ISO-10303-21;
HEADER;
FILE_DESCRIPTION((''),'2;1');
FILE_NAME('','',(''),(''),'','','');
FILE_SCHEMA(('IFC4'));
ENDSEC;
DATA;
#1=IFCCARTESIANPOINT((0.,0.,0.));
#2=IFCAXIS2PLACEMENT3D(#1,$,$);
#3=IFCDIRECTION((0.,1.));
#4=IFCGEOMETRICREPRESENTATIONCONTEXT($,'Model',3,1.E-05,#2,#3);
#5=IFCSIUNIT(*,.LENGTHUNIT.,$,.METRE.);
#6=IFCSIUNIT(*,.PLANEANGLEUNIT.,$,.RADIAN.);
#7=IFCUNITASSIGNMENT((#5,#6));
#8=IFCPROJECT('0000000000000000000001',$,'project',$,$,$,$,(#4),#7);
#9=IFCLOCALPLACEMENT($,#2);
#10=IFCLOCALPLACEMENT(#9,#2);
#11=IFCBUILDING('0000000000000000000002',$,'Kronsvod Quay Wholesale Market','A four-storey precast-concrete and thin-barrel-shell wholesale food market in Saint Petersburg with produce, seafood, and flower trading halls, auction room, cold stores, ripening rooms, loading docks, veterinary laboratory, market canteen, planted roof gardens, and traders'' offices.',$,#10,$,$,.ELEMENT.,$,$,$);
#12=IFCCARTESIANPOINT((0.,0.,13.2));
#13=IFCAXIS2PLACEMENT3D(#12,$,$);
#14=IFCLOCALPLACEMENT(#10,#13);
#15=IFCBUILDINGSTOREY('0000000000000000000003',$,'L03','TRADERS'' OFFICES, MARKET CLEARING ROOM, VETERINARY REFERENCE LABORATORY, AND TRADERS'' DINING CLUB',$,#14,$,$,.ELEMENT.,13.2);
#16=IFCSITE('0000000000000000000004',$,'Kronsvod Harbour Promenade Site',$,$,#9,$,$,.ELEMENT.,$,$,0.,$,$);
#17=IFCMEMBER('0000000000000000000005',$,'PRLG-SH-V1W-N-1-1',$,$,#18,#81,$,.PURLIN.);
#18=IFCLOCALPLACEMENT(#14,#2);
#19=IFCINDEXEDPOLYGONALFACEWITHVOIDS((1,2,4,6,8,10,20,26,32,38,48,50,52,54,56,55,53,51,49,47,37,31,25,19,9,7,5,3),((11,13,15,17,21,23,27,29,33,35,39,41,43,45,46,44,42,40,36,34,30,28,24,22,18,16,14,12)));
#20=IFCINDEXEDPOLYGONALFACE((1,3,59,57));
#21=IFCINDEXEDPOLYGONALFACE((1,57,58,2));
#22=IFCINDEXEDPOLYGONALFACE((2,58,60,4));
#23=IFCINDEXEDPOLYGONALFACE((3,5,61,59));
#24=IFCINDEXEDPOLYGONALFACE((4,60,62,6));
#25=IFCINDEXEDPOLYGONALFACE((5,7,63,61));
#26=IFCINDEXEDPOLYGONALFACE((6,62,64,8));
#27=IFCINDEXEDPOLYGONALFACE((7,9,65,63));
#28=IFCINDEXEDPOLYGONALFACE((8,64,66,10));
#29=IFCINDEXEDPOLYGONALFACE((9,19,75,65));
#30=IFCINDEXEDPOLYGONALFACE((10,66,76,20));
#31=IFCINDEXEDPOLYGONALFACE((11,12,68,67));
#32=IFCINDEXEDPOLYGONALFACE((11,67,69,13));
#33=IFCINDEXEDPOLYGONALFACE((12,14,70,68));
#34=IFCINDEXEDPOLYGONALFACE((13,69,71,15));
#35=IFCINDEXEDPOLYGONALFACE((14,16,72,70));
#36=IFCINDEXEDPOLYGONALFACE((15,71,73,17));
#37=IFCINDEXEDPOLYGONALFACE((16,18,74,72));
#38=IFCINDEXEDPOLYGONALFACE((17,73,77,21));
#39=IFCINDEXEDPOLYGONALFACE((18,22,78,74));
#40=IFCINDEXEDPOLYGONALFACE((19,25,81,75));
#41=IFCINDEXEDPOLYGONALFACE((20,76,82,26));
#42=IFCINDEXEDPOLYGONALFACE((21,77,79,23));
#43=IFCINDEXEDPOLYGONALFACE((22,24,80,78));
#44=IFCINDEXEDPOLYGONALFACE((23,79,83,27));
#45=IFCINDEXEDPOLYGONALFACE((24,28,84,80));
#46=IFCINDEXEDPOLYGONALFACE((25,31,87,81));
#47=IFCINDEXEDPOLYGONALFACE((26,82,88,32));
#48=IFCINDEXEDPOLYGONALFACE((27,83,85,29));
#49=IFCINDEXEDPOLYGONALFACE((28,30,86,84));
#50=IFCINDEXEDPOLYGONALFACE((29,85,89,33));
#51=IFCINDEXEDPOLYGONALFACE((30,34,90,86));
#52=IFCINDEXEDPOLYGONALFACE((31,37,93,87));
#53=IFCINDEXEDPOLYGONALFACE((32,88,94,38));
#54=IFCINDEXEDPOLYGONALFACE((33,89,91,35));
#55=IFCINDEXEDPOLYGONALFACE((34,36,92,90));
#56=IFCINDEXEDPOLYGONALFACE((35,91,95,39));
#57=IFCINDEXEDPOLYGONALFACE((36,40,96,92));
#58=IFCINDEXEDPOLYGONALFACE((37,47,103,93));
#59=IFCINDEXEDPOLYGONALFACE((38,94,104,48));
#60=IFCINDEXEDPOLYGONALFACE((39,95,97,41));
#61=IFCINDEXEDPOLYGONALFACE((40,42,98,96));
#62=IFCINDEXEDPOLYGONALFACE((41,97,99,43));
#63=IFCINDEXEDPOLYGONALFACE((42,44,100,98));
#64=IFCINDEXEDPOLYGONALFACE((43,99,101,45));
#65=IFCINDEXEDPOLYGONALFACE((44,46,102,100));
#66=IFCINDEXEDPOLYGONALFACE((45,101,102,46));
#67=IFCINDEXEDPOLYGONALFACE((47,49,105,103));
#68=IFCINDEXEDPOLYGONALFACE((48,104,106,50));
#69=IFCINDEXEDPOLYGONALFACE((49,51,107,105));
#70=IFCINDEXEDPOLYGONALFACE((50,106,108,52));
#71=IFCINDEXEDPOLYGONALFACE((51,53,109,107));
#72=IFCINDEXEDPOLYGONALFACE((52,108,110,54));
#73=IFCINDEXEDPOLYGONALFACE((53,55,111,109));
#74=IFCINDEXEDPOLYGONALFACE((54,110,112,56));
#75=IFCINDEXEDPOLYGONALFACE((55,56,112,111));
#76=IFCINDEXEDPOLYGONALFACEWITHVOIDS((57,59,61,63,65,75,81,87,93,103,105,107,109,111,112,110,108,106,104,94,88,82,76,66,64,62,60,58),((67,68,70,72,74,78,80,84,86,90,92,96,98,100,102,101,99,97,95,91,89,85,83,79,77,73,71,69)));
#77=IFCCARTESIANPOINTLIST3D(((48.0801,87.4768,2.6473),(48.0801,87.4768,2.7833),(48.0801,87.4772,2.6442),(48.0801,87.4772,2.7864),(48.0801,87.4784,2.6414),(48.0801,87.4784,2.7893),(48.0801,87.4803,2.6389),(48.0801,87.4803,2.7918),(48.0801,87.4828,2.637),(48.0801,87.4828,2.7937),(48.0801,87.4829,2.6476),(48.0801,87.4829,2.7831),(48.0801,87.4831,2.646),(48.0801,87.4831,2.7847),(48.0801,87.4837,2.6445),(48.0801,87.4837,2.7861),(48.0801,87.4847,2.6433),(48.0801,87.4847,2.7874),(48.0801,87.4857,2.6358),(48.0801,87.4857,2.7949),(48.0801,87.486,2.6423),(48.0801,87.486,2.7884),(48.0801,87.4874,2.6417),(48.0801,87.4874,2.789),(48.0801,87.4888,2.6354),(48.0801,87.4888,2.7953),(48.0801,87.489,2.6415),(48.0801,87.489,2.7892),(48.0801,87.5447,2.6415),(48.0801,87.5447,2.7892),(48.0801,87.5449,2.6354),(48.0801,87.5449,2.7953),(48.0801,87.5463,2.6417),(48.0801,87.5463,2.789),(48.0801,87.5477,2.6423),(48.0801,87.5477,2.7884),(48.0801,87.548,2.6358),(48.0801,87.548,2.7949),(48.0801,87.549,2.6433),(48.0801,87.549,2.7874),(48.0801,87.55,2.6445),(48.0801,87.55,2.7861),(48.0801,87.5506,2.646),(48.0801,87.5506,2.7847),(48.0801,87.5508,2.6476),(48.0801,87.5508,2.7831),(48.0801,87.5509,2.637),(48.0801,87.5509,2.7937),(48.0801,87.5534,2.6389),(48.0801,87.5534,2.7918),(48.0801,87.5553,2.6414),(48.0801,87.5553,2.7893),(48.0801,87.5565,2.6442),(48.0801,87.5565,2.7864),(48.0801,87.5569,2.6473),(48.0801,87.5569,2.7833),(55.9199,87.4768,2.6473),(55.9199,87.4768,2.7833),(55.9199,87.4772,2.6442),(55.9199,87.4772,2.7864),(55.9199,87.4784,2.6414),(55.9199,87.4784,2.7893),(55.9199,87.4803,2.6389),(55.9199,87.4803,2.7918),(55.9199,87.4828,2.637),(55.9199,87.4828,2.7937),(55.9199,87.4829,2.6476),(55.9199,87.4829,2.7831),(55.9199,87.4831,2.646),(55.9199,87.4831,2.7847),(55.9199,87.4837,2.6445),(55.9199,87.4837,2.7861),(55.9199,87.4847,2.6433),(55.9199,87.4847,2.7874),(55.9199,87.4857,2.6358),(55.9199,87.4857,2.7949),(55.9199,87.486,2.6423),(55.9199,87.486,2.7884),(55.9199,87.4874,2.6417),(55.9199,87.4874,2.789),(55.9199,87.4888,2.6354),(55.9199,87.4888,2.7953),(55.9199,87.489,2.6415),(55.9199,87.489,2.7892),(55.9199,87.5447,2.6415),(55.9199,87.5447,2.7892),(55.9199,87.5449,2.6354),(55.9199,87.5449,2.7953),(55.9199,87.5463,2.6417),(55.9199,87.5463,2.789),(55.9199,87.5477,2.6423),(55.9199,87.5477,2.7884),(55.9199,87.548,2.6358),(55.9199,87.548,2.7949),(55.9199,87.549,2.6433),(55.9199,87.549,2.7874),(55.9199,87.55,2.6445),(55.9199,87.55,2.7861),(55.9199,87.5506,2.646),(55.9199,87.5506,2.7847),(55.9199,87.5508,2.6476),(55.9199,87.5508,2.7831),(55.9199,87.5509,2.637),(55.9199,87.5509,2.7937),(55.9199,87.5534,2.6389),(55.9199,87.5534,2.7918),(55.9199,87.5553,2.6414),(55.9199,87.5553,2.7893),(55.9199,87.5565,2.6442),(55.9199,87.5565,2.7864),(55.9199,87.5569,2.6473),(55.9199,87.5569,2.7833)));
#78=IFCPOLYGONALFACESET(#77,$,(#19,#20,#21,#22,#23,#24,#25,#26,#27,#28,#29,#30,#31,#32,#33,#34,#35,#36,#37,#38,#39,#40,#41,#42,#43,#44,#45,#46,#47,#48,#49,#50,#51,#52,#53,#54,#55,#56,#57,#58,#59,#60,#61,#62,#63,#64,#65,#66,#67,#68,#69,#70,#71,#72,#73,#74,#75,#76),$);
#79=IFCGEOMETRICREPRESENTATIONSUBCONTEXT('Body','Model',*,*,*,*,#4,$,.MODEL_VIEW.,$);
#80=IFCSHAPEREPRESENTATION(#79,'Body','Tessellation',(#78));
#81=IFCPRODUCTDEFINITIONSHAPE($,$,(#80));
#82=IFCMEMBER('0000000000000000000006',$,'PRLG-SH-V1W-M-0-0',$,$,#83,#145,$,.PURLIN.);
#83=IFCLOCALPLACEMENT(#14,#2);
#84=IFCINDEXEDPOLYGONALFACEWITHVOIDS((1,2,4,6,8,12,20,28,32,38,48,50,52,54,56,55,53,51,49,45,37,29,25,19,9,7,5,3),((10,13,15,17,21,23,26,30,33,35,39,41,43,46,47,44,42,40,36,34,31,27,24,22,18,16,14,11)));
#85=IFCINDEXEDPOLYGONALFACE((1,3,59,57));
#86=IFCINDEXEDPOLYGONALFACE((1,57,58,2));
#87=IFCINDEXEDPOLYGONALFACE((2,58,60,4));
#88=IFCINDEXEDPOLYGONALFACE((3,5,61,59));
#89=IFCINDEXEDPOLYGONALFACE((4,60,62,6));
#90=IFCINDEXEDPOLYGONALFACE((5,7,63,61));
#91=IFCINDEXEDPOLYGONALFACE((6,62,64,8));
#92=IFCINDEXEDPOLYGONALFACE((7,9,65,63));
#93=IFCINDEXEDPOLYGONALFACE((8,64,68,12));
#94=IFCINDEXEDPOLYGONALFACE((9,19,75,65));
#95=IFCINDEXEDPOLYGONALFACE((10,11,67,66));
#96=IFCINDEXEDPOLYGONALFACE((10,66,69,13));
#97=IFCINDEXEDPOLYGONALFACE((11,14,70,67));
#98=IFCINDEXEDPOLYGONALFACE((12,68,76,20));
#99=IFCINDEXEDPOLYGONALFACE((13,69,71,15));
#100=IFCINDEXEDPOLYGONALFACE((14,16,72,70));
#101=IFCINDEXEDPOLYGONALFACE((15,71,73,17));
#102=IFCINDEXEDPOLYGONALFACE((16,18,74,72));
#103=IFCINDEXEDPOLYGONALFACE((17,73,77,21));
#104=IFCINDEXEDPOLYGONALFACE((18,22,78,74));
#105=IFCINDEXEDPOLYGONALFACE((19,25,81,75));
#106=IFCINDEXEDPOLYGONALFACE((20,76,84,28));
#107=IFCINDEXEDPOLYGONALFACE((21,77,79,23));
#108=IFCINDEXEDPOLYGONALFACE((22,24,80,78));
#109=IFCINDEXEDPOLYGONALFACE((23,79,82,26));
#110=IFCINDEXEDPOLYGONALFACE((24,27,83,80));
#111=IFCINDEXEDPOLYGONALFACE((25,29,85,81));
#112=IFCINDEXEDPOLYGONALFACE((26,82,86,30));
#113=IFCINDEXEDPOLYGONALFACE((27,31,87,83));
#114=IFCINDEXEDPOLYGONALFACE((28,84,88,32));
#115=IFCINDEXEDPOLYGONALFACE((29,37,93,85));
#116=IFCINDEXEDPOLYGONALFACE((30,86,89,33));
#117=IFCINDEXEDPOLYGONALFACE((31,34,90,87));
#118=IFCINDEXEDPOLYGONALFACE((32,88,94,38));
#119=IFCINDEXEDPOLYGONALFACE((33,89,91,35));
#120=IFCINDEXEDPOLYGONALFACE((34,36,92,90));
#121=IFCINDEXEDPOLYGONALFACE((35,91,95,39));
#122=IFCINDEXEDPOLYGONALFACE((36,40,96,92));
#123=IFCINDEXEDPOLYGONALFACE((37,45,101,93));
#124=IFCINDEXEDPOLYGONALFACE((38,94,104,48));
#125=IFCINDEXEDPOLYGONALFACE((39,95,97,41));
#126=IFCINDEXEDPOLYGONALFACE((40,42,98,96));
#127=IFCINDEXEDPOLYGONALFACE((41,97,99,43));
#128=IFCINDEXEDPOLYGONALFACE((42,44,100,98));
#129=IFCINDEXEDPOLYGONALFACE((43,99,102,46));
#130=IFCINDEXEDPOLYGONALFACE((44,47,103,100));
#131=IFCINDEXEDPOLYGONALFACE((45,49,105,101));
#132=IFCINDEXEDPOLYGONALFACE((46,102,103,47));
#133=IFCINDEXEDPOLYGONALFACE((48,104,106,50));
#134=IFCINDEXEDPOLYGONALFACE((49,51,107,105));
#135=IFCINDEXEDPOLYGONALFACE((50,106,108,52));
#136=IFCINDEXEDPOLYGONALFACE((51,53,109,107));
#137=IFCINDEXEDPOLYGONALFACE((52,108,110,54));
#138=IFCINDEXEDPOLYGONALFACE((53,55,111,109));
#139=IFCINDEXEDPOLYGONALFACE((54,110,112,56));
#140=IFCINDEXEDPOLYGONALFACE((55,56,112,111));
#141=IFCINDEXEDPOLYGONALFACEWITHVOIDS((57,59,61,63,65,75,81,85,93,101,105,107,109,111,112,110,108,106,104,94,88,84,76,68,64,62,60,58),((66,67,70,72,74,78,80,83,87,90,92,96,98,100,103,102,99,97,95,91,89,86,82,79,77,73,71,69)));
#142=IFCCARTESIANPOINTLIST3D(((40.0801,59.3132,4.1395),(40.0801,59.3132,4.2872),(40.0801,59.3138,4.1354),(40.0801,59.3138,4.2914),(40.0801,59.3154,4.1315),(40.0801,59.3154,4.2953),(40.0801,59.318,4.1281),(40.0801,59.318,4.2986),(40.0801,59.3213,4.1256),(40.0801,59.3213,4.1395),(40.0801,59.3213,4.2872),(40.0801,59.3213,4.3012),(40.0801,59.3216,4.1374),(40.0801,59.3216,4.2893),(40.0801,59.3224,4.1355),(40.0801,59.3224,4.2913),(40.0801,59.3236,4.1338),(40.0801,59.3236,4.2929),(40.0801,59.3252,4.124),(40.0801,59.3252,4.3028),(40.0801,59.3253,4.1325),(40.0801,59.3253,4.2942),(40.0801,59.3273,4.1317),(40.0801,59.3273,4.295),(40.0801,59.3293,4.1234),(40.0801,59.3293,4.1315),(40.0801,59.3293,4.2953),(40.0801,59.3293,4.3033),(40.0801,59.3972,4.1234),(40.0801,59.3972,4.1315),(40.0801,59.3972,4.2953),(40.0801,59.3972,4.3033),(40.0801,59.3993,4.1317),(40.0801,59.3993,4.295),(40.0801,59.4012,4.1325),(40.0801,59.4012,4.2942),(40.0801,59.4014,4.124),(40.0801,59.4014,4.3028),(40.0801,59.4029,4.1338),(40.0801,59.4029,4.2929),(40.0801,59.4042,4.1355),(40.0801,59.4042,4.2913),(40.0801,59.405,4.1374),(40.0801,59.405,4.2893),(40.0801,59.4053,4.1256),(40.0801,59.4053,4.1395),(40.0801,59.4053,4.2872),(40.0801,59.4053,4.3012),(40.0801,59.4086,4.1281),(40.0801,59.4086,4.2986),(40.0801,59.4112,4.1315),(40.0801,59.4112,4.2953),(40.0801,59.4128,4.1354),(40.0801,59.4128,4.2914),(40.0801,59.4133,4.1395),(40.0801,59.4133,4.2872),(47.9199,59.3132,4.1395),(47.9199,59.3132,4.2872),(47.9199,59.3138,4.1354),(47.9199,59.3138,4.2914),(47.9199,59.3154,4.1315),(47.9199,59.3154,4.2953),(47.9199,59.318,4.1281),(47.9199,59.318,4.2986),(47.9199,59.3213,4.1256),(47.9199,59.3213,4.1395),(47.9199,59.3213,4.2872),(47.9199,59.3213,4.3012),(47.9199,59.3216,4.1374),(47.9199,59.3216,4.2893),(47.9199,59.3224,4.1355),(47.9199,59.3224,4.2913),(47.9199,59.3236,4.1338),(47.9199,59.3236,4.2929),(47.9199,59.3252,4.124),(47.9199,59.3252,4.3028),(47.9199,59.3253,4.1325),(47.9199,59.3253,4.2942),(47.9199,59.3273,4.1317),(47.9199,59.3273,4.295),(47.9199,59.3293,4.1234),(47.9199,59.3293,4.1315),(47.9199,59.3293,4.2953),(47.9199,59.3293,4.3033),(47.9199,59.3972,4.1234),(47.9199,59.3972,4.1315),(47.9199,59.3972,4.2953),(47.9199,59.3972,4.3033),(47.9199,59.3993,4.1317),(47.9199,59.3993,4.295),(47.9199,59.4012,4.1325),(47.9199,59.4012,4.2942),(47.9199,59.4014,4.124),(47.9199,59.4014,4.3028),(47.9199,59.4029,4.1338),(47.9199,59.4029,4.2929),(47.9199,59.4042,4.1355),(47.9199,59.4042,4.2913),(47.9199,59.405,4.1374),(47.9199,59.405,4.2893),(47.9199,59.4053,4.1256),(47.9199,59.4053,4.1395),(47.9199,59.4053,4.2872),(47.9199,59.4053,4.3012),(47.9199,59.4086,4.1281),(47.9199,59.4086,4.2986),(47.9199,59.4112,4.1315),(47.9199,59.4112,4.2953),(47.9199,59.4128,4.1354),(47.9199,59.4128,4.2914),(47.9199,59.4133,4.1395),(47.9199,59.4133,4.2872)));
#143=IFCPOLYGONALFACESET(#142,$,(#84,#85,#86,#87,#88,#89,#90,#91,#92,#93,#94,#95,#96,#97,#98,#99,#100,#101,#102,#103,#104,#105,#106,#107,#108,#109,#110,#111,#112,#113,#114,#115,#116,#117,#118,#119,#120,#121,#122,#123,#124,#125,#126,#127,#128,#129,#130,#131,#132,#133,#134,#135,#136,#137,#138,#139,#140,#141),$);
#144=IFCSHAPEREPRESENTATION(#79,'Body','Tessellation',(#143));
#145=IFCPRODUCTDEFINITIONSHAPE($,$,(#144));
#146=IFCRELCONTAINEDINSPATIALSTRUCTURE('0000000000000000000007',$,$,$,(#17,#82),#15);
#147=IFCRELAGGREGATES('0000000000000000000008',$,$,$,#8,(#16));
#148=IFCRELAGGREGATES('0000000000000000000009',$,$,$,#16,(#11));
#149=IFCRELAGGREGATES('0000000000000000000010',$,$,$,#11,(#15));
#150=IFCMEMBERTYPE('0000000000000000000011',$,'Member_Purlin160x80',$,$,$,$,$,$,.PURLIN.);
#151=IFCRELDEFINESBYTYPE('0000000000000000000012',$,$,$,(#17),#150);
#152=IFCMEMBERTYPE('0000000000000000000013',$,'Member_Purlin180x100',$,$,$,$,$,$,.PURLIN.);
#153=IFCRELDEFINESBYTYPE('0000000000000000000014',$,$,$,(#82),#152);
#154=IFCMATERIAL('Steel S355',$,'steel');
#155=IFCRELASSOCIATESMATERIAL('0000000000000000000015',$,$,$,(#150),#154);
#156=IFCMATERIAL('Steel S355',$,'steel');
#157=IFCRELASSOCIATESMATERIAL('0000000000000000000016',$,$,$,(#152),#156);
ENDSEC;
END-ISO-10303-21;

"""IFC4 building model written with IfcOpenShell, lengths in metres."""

from ifc_helpers import new_model, si_unit, direction, frame, origin, origin_2d, place, context, subcontext, project, spatial, hollow_rectangle, extrude, material, material_profile, profile_set, type_object, element, save


model = new_model("IFC4")

# Units and contexts
model_context = context("Model", 3, precision=1e-05, world=origin(), true_north=direction((0.0, 1.0)))
body_context = subcontext(model_context, "Body", "Model", "MODEL_VIEW")
ifc_project = project(units=[si_unit("LENGTHUNIT", "METRE"), si_unit("PLANEANGLEUNIT", "RADIAN")], contexts=[model_context])

# Site, building, storey
site_placement = place(None, origin())
site = spatial("IfcSite", under=ifc_project, at=site_placement, Name="Kronsvod Harbour Promenade Site", CompositionType="ELEMENT", RefElevation=0.0)
building_placement = place(site_placement, origin())
building = spatial("IfcBuilding", under=site, at=building_placement, Name="Kronsvod Quay Wholesale Market", Description="A four-storey precast-concrete and thin-barrel-shell wholesale food market in Saint Petersburg with produce, seafood, and flower trading halls, auction room, cold stores, ripening rooms, loading docks, veterinary laboratory, market canteen, planted roof gardens, and traders' offices.", CompositionType="ELEMENT")
storey_placement = place(building_placement, frame((0.0, 0.0, 13.2)))
storey = spatial("IfcBuildingStorey", under=building, at=storey_placement, Name="L03", Description="TRADERS' OFFICES, MARKET CLEARING ROOM, VETERINARY REFERENCE LABORATORY, AND TRADERS' DINING CLUB", CompositionType="ELEMENT", Elevation=13.2)

# Members
ifc_material_1 = material(Name="Steel S355", Category="steel")
ifc_material_profile_1 = material_profile(ifc_material_1, hollow_rectangle(XDim=0.0801, YDim=0.1599, WallThickness=0.0061, InnerFilletRadius=0.0061, OuterFilletRadius=0.012, at=origin_2d()), Name="RHS160x80x6")
ifc_profile_set_1 = profile_set([ifc_material_profile_1], Name="Steel S355")
member_type_1 = type_object("IfcMemberType", Name="Member_Purlin160x80", PredefinedType="PURLIN", material=ifc_profile_set_1)
for number, where, z_axis, x_axis, name in (
    (1, (48.0801, 87.5168, 2.7153), (1.0, 0.0, 0.0), (0.0, 1.0, 0.0), "PRLG-SH-V1W-N-1-1"),
):
    element("IfcMember", number, at=place(storey_placement, frame(where, z_axis=z_axis, x_axis=x_axis)), inside=storey, type_object=member_type_1, Name=name, PredefinedType="PURLIN", context=body_context, shape_type="SweptSolid", body=[
        extrude(hollow_rectangle(XDim=0.0801, YDim=0.1599, WallThickness=0.0061, InnerFilletRadius=0.0061, OuterFilletRadius=0.012, at=origin_2d()), origin(), (0.0, 0.0, 1.0), 7.8398),
    ])
ifc_material_2 = material(Name="Steel S355", Category="steel")
ifc_material_profile_2 = material_profile(ifc_material_2, hollow_rectangle(XDim=0.1001, YDim=0.1799, WallThickness=0.0081, InnerFilletRadius=0.0081, OuterFilletRadius=0.0161, at=origin_2d()), Name="RHS180x100x8")
ifc_profile_set_2 = profile_set([ifc_material_profile_2], Name="Steel S355")
member_type_2 = type_object("IfcMemberType", Name="Member_Purlin180x100", PredefinedType="PURLIN", material=ifc_profile_set_2)
for number, where, z_axis, x_axis, name in (
    (2, (40.0801, 59.3633, 4.2134), (1.0, 0.0, 0.0), (0.0, 1.0, 0.0), "PRLG-SH-V1W-M-0-0"),
):
    element("IfcMember", number, at=place(storey_placement, frame(where, z_axis=z_axis, x_axis=x_axis)), inside=storey, type_object=member_type_2, Name=name, PredefinedType="PURLIN", context=body_context, shape_type="SweptSolid", body=[
        extrude(hollow_rectangle(XDim=0.1001, YDim=0.1799, WallThickness=0.0081, InnerFilletRadius=0.0081, OuterFilletRadius=0.0161, at=origin_2d()), origin(), (0.0, 0.0, 1.0), 7.8398),
    ])

save(model, "model.ifc")
